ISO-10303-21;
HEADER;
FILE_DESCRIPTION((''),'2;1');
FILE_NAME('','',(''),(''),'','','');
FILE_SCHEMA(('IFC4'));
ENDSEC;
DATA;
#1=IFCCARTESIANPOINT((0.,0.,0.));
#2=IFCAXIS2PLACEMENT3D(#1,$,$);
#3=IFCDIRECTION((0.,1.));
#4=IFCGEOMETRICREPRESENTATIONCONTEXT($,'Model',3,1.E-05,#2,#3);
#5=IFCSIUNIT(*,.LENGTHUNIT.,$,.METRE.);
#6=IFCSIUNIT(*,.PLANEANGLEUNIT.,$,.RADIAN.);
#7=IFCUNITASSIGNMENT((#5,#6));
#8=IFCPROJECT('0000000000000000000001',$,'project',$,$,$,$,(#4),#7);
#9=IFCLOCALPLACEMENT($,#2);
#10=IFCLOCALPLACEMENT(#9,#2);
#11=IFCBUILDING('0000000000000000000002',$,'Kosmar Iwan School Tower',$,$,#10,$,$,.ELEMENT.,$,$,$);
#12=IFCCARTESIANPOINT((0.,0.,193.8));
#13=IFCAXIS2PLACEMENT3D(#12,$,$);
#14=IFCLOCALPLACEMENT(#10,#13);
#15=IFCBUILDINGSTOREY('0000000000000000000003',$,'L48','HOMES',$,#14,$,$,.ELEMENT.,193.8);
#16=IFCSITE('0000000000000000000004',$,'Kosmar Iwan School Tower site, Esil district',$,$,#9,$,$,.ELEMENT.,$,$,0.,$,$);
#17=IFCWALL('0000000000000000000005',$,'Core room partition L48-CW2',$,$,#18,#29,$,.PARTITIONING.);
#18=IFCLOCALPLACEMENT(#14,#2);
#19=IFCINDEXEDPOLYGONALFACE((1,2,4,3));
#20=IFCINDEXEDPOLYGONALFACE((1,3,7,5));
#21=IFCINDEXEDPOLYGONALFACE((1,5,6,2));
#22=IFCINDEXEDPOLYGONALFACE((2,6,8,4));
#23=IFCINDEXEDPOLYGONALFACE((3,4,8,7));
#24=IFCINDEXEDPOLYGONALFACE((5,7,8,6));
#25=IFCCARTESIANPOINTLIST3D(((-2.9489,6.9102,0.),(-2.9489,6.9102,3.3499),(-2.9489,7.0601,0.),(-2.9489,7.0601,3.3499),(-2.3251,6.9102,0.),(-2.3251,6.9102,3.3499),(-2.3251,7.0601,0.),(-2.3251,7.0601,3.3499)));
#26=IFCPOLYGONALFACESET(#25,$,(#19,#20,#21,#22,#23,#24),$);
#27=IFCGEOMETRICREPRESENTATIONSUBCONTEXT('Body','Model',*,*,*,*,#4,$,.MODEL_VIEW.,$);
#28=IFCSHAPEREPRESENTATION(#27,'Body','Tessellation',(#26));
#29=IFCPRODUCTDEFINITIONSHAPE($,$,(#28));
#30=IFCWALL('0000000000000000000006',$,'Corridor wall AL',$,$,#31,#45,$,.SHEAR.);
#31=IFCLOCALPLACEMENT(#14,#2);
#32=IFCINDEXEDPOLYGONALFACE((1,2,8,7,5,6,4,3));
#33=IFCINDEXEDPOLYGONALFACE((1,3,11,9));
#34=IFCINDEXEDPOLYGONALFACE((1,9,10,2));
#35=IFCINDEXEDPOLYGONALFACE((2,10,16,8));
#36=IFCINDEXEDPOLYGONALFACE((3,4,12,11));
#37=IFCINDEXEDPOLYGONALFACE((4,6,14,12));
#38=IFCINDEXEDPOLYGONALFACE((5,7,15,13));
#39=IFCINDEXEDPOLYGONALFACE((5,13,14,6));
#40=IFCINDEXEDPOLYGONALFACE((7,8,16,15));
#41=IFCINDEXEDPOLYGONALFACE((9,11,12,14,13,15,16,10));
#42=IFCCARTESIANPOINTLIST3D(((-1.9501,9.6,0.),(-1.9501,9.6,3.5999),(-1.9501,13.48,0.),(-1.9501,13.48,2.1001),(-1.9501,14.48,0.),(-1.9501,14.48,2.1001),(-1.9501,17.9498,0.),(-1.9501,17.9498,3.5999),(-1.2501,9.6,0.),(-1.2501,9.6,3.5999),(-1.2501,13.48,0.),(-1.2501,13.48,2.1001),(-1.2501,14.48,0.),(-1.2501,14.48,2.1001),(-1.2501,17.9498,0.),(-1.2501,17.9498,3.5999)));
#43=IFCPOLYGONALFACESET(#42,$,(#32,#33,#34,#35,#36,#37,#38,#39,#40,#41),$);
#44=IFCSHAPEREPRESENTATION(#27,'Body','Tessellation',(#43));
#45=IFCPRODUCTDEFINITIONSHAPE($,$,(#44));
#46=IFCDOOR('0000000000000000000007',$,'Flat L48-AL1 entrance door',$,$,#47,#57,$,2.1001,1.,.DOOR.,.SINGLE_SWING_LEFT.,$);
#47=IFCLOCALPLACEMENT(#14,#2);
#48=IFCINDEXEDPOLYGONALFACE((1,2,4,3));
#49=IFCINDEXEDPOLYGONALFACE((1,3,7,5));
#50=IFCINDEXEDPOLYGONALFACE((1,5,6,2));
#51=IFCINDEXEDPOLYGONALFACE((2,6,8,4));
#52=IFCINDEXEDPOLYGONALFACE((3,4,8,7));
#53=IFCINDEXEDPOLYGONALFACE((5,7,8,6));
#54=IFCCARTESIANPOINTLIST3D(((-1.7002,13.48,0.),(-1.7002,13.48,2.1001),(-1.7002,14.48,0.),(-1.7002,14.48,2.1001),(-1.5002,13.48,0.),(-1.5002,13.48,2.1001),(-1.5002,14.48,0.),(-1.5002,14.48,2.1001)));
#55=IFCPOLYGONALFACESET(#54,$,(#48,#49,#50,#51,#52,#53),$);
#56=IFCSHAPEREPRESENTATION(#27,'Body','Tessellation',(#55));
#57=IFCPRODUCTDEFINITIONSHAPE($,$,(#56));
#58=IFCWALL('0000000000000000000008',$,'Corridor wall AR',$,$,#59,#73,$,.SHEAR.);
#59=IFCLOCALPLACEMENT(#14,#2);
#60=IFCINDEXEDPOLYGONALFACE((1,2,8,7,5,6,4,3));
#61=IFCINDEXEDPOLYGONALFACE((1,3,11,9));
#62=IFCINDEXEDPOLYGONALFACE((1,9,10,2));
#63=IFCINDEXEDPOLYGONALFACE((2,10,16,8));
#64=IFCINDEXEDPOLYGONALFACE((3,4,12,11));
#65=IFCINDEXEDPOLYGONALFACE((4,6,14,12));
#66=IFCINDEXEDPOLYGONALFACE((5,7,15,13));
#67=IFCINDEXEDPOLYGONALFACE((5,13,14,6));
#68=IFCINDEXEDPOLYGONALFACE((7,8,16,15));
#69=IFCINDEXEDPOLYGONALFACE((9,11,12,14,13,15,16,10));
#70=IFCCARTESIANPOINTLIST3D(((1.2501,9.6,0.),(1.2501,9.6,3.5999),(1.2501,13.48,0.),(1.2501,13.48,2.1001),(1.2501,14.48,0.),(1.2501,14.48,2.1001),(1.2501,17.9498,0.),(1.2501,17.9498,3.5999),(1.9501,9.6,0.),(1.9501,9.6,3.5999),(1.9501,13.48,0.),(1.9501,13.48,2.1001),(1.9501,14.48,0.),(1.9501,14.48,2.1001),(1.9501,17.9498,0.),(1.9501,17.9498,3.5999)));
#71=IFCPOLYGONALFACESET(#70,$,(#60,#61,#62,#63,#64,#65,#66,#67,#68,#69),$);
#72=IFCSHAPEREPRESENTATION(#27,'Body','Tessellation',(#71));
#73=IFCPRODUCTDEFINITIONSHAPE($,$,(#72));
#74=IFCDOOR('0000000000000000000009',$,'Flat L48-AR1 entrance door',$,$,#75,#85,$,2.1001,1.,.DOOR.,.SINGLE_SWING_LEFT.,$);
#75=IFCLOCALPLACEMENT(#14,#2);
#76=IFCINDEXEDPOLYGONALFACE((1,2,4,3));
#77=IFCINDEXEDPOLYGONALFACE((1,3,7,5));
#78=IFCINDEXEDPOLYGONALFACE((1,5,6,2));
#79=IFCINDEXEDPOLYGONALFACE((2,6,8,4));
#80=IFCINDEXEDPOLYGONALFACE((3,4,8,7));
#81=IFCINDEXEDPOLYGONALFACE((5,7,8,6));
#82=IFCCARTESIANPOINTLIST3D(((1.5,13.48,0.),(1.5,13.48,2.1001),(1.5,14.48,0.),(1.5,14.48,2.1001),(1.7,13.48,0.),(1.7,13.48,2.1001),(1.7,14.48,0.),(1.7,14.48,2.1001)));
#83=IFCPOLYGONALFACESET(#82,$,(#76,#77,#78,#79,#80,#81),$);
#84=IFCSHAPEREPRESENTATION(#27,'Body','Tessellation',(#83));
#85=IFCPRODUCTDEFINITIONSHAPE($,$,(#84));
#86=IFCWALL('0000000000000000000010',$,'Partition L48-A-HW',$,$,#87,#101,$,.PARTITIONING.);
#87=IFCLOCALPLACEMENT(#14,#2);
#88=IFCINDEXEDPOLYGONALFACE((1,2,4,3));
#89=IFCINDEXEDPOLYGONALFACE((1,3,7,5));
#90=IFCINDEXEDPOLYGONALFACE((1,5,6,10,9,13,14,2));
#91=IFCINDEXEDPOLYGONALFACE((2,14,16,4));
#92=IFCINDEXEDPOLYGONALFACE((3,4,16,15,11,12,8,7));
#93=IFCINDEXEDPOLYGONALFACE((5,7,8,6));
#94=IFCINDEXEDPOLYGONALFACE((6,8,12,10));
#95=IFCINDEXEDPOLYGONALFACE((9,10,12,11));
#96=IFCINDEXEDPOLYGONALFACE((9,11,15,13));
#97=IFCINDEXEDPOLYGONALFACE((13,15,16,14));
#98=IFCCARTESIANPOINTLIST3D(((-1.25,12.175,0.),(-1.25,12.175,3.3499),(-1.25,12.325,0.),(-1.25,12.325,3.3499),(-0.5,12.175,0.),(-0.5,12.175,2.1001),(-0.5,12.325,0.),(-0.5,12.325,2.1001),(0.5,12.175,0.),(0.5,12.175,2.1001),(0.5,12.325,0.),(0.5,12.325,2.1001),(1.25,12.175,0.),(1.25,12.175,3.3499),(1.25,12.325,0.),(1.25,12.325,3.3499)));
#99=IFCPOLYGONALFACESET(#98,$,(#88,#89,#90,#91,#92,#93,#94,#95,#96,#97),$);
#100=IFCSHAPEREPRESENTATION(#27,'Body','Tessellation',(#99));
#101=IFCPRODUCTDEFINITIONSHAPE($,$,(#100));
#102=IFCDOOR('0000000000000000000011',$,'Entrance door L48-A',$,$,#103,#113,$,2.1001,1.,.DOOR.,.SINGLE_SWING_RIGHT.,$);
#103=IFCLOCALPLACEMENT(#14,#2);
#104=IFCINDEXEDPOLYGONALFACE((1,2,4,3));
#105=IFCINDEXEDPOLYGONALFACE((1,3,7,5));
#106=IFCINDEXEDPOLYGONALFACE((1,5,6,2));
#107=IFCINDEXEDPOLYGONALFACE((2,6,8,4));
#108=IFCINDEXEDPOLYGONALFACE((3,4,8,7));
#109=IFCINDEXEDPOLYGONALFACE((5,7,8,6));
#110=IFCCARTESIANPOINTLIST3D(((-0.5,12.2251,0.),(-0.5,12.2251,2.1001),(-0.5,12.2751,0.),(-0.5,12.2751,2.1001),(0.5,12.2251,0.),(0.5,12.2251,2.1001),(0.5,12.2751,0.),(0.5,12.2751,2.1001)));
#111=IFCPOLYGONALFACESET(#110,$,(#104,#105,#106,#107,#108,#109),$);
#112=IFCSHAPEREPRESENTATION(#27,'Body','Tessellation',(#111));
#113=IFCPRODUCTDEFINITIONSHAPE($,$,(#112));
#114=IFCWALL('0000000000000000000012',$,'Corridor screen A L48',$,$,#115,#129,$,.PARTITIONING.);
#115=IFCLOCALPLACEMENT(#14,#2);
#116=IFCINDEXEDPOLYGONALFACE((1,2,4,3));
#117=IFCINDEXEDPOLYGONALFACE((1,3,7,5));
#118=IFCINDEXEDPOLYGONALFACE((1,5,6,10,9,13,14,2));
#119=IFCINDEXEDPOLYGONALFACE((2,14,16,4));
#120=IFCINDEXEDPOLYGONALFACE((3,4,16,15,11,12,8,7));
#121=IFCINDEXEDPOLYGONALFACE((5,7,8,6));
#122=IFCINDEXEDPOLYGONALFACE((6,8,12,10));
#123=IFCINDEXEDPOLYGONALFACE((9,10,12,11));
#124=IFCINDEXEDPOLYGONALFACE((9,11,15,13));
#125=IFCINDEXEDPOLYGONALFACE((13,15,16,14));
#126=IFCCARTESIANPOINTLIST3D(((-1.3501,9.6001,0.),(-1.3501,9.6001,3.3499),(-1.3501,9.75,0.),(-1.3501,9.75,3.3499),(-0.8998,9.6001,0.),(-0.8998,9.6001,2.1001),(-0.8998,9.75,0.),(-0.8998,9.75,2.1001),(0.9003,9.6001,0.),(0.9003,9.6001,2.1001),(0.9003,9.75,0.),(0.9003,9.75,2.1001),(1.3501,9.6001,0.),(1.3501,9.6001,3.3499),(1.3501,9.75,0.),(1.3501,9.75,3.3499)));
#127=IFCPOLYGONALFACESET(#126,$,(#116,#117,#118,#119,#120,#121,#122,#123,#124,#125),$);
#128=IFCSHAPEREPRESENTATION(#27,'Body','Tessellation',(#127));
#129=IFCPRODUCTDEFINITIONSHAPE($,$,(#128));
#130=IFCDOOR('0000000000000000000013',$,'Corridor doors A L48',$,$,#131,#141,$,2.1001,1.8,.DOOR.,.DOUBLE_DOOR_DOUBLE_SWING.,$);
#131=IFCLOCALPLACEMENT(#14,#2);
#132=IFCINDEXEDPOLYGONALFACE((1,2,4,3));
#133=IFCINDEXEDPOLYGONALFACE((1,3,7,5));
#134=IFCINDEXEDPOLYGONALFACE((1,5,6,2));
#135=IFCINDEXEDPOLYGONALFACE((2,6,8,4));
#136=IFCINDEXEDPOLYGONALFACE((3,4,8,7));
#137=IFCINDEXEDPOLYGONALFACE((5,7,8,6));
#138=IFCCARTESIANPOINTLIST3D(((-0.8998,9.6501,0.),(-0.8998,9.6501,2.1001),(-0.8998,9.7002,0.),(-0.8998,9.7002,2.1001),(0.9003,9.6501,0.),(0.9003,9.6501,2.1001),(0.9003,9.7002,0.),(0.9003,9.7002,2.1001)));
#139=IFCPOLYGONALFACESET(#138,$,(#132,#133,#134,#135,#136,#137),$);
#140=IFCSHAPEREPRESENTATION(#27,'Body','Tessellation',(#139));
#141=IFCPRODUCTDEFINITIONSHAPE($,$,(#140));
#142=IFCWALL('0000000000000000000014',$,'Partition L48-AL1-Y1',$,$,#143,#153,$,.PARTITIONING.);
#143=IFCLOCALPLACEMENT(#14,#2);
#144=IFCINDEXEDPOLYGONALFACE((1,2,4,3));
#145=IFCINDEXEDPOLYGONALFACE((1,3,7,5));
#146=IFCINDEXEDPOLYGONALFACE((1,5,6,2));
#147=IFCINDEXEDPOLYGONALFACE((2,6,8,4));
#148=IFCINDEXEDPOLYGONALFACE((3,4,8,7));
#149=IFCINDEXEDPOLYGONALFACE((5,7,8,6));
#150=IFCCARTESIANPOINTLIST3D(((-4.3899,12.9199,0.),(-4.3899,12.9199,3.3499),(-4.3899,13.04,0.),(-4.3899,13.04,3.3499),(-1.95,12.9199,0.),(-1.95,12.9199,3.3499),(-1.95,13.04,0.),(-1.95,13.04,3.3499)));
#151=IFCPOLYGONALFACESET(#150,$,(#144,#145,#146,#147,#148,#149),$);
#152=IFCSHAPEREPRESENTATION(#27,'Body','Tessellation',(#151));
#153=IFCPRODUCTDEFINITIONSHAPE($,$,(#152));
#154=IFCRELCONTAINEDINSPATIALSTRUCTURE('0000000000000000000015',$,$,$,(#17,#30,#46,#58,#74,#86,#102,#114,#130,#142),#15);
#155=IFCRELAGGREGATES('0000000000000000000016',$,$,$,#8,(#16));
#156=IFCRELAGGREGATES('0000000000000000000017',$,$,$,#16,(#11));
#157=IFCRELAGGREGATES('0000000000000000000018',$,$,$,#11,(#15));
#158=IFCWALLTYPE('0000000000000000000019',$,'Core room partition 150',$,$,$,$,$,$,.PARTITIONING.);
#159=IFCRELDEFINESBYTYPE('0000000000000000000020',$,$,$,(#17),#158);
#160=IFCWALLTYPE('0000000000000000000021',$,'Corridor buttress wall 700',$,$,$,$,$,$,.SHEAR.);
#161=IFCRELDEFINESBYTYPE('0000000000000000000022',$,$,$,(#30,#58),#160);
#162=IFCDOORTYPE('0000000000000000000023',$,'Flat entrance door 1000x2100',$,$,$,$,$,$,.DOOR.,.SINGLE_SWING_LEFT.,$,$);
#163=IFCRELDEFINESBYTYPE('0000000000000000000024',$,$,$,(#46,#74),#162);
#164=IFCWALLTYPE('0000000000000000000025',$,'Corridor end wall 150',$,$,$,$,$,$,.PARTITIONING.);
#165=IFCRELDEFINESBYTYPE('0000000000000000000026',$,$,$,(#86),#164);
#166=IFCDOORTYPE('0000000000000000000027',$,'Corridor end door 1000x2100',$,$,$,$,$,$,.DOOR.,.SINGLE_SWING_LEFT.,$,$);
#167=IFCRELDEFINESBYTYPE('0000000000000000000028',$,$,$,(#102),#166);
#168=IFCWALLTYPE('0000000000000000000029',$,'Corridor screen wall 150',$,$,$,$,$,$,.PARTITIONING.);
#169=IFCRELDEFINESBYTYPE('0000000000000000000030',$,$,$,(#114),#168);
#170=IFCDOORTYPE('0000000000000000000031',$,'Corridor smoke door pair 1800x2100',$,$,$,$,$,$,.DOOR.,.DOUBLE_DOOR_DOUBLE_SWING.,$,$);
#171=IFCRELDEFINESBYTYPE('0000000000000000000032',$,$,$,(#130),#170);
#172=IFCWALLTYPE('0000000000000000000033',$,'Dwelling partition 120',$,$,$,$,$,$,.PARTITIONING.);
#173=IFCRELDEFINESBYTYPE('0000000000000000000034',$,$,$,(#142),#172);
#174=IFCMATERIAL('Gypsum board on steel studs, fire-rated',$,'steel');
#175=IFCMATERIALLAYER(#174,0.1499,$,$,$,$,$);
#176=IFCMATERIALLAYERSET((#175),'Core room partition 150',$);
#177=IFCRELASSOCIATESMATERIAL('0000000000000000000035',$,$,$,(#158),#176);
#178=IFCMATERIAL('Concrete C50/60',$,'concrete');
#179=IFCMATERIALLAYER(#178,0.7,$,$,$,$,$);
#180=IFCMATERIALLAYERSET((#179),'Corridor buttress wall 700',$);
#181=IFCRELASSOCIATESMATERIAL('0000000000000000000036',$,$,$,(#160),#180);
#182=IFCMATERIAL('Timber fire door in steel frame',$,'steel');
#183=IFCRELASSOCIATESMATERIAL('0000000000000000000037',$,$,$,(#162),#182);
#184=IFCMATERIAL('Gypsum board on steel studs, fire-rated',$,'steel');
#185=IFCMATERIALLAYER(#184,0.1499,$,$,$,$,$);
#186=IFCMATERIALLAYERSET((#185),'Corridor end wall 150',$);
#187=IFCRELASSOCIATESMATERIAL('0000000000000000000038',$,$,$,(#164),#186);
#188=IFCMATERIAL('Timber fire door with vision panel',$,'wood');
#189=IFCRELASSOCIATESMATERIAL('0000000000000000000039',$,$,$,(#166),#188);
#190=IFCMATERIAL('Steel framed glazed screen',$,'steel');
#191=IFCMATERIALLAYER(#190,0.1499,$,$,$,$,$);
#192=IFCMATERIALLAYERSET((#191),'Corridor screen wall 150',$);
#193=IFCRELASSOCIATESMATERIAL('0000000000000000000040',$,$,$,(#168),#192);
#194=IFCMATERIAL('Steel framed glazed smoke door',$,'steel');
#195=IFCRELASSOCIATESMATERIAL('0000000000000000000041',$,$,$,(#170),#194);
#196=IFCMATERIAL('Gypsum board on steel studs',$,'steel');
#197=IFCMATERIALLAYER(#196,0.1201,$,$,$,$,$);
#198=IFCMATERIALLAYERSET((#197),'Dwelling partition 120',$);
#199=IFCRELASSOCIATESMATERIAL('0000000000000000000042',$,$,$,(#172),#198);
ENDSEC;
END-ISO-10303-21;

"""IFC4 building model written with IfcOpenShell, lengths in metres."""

from ifc_helpers import new_model, si_unit, direction, frame, frame_2d, origin, place, context, subcontext, project, spatial, rectangle, extrude, material, layer, layer_set, type_object, element, fill, save


model = new_model("IFC4")

# Units and contexts
model_context = context("Model", 3, precision=1e-05, world=origin(), true_north=direction((0.0, 1.0)))
body_context = subcontext(model_context, "Body", "Model", "MODEL_VIEW")
ifc_project = project(units=[si_unit("LENGTHUNIT", "METRE"), si_unit("PLANEANGLEUNIT", "RADIAN")], contexts=[model_context])

# Site, building, storey
site_placement = place(None, origin())
site = spatial("IfcSite", under=ifc_project, at=site_placement, Name="Kosmar Iwan School Tower site, Esil district", CompositionType="ELEMENT", RefElevation=0.0)
building_placement = place(site_placement, origin())
building = spatial("IfcBuilding", under=site, at=building_placement, Name="Kosmar Iwan School Tower", CompositionType="ELEMENT")
storey_placement = place(building_placement, frame((0.0, 0.0, 193.8)))
storey = spatial("IfcBuildingStorey", under=building, at=storey_placement, Name="L48", Description="HOMES", CompositionType="ELEMENT", Elevation=193.8)

# Wall
ifc_material_1 = material(Name="Gypsum board on steel studs, fire-rated", Category="steel")
ifc_layer_1 = layer(ifc_material_1, 0.1499)
ifc_layer_set_1 = layer_set([ifc_layer_1], Name="Core room partition 150")
wall_type_1 = type_object("IfcWallType", Name="Core room partition 150", PredefinedType="PARTITIONING", material=ifc_layer_set_1)
wall_1_placement = place(storey_placement, frame((-2.325, 6.9851, 0.0), z_axis=(0.0, 0.0, 1.0), x_axis=(-1.0, 0.0, 0.0)))
element("IfcWall", 1, at=wall_1_placement, inside=storey, type_object=wall_type_1, Name="Core room partition L48-CW2", PredefinedType="PARTITIONING", context=body_context, shape_type="SweptSolid", body=[
    extrude(rectangle(XDim=0.6238, YDim=0.1499, at=frame_2d((0.312, 0.0))), origin(), (0.0, 0.0, 1.0), 3.3499),
])

# Walls, openings, doors
ifc_material_2 = material(Name="Concrete C50/60", Category="concrete")
ifc_layer_2 = layer(ifc_material_2, 0.7)
ifc_layer_set_2 = layer_set([ifc_layer_2], Name="Corridor buttress wall 700")
wall_type_2 = type_object("IfcWallType", Name="Corridor buttress wall 700", PredefinedType="SHEAR", material=ifc_layer_set_2)
wall_2_placement = place(storey_placement, frame((-1.6001, 9.6001, 0.0), z_axis=(0.0, 0.0, 1.0), x_axis=(0.0, 1.0, 0.0)))
wall_2 = element("IfcWall", 2, at=wall_2_placement, inside=storey, type_object=wall_type_2, Name="Corridor wall AL", PredefinedType="SHEAR", context=body_context, shape_type="SweptSolid", body=[
    extrude(rectangle(XDim=8.3499, YDim=0.7, at=frame_2d((4.1748, 0.0))), origin(), (0.0, 0.0, 1.0), 3.5999),
])
opening_1_placement = place(wall_2_placement, frame((3.8799, 0.0, 0.0)))
opening_1 = element("IfcOpeningElement", 3, at=opening_1_placement, cuts=wall_2, PredefinedType="OPENING", context=body_context, shape_type="SweptSolid", body=[
    extrude(rectangle(XDim=1.0, YDim=2.1001, at=frame_2d((0.5, 1.05))), frame((0.0, 0.3621, 0.0), z_axis=(0.0, -1.0, 0.0), x_axis=(1.0, 0.0, 0.0)), (0.0, 0.0, 1.0), 0.7239),
])
ifc_material_3 = material(Name="Timber fire door in steel frame", Category="steel")
door_type_1 = type_object("IfcDoorType", Name="Flat entrance door 1000x2100", OperationType="SINGLE_SWING_LEFT", PredefinedType="DOOR", material=ifc_material_3)
door_1_placement = place(opening_1_placement, origin())
door_1 = element("IfcDoor", 4, at=door_1_placement, inside=storey, type_object=door_type_1, Name="Flat L48-AL1 entrance door", OperationType="SINGLE_SWING_LEFT", OverallHeight=2.1001, OverallWidth=1.0, PredefinedType="DOOR", context=body_context, shape_type="SweptSolid", body=[
    extrude(rectangle(XDim=1.0, YDim=2.1001, at=frame_2d((0.5, 1.05))), frame((0.0, 0.1001, 0.0), z_axis=(0.0, -1.0, 0.0), x_axis=(1.0, 0.0, 0.0)), (0.0, 0.0, 1.0), 0.2),
])
fill(opening_1, door_1)
wall_3_placement = place(storey_placement, frame((1.6001, 9.6001, 0.0), z_axis=(0.0, 0.0, 1.0), x_axis=(0.0, 1.0, 0.0)))
wall_3 = element("IfcWall", 5, at=wall_3_placement, inside=storey, type_object=wall_type_2, Name="Corridor wall AR", PredefinedType="SHEAR", context=body_context, shape_type="SweptSolid", body=[
    extrude(rectangle(XDim=8.3499, YDim=0.7, at=frame_2d((4.1748, 0.0))), origin(), (0.0, 0.0, 1.0), 3.5999),
])
opening_2_placement = place(wall_3_placement, frame((3.8799, 0.0, 0.0)))
opening_2 = element("IfcOpeningElement", 6, at=opening_2_placement, cuts=wall_3, PredefinedType="OPENING", context=body_context, shape_type="SweptSolid", body=[
    extrude(rectangle(XDim=1.0, YDim=2.1001, at=frame_2d((0.5, 1.05))), frame((0.0, 0.3621, 0.0), z_axis=(0.0, -1.0, 0.0), x_axis=(1.0, 0.0, 0.0)), (0.0, 0.0, 1.0), 0.7239),
])
door_2_placement = place(opening_2_placement, origin())
door_2 = element("IfcDoor", 7, at=door_2_placement, inside=storey, type_object=door_type_1, Name="Flat L48-AR1 entrance door", OperationType="SINGLE_SWING_LEFT", OverallHeight=2.1001, OverallWidth=1.0, PredefinedType="DOOR", context=body_context, shape_type="SweptSolid", body=[
    extrude(rectangle(XDim=1.0, YDim=2.1001, at=frame_2d((0.5, 1.05))), frame((0.0, 0.1001, 0.0), z_axis=(0.0, -1.0, 0.0), x_axis=(1.0, 0.0, 0.0)), (0.0, 0.0, 1.0), 0.2),
])
fill(opening_2, door_2)
ifc_material_4 = material(Name="Gypsum board on steel studs, fire-rated", Category="steel")
ifc_layer_3 = layer(ifc_material_4, 0.1499)
ifc_layer_set_3 = layer_set([ifc_layer_3], Name="Corridor end wall 150")
wall_type_3 = type_object("IfcWallType", Name="Corridor end wall 150", PredefinedType="PARTITIONING", material=ifc_layer_set_3)
wall_4_placement = place(storey_placement, frame((1.25, 12.25, 0.0), z_axis=(0.0, 0.0, 1.0), x_axis=(-1.0, 0.0, 0.0)))
wall_4 = element("IfcWall", 8, at=wall_4_placement, inside=storey, type_object=wall_type_3, Name="Partition L48-A-HW", PredefinedType="PARTITIONING", context=body_context, shape_type="SweptSolid", body=[
    extrude(rectangle(XDim=2.5, YDim=0.1499, at=frame_2d((1.25, 0.0))), origin(), (0.0, 0.0, 1.0), 3.3499),
])
opening_3_placement = place(wall_4_placement, frame((0.75, 0.0, 0.0)))
opening_3 = element("IfcOpeningElement", 9, at=opening_3_placement, cuts=wall_4, PredefinedType="OPENING", context=body_context, shape_type="SweptSolid", body=[
    extrude(rectangle(XDim=1.0, YDim=2.1001, at=frame_2d((0.5, 1.05))), frame((0.0, 0.0869, 0.0), z_axis=(0.0, -1.0, 0.0), x_axis=(1.0, 0.0, 0.0)), (0.0, 0.0, 1.0), 0.1738),
])
ifc_material_5 = material(Name="Timber fire door with vision panel", Category="wood")
door_type_2 = type_object("IfcDoorType", Name="Corridor end door 1000x2100", OperationType="SINGLE_SWING_LEFT", PredefinedType="DOOR", material=ifc_material_5)
door_3_placement = place(opening_3_placement, origin())
door_3 = element("IfcDoor", 10, at=door_3_placement, inside=storey, type_object=door_type_2, Name="Entrance door L48-A", OperationType="SINGLE_SWING_RIGHT", OverallHeight=2.1001, OverallWidth=1.0, PredefinedType="DOOR", context=body_context, shape_type="SweptSolid", body=[
    extrude(rectangle(XDim=1.0, YDim=2.1001, at=frame_2d((0.5, 1.05))), frame((0.0, 0.0249, 0.0), z_axis=(0.0, -1.0, 0.0), x_axis=(1.0, 0.0, 0.0)), (0.0, 0.0, 1.0), 0.05),
])
fill(opening_3, door_3)
ifc_material_6 = material(Name="Steel framed glazed screen", Category="steel")
ifc_layer_4 = layer(ifc_material_6, 0.1499)
ifc_layer_set_4 = layer_set([ifc_layer_4], Name="Corridor screen wall 150")
wall_type_4 = type_object("IfcWallType", Name="Corridor screen wall 150", PredefinedType="PARTITIONING", material=ifc_layer_set_4)
wall_5_placement = place(storey_placement, frame((1.3501, 9.675, 0.0), z_axis=(0.0, 0.0, 1.0), x_axis=(-1.0, 0.0, 0.0)))
wall_5 = element("IfcWall", 11, at=wall_5_placement, inside=storey, type_object=wall_type_4, Name="Corridor screen A L48", PredefinedType="PARTITIONING", context=body_context, shape_type="SweptSolid", body=[
    extrude(rectangle(XDim=2.7002, YDim=0.1499, at=frame_2d((1.3501, 0.0))), origin(), (0.0, 0.0, 1.0), 3.3499),
])
opening_4_placement = place(wall_5_placement, frame((0.45, 0.0, 0.0)))
opening_4 = element("IfcOpeningElement", 12, at=opening_4_placement, cuts=wall_5, PredefinedType="OPENING", context=body_context, shape_type="SweptSolid", body=[
    extrude(rectangle(XDim=1.8, YDim=2.1001, at=frame_2d((0.8999, 1.05))), frame((0.0, 0.0869, 0.0), z_axis=(0.0, -1.0, 0.0), x_axis=(1.0, 0.0, 0.0)), (0.0, 0.0, 1.0), 0.1738),
])
ifc_material_7 = material(Name="Steel framed glazed smoke door", Category="steel")
door_type_3 = type_object("IfcDoorType", Name="Corridor smoke door pair 1800x2100", OperationType="DOUBLE_DOOR_DOUBLE_SWING", PredefinedType="DOOR", material=ifc_material_7)
door_4_placement = place(opening_4_placement, origin())
door_4 = element("IfcDoor", 13, at=door_4_placement, inside=storey, type_object=door_type_3, Name="Corridor doors A L48", OperationType="DOUBLE_DOOR_DOUBLE_SWING", OverallHeight=2.1001, OverallWidth=1.8, PredefinedType="DOOR", context=body_context, shape_type="SweptSolid", body=[
    extrude(rectangle(XDim=1.8, YDim=2.1001, at=frame_2d((0.8999, 1.05))), frame((0.0, 0.0249, 0.0), z_axis=(0.0, -1.0, 0.0), x_axis=(1.0, 0.0, 0.0)), (0.0, 0.0, 1.0), 0.05),
])
fill(opening_4, door_4)

# Wall
ifc_material_8 = material(Name="Gypsum board on steel studs", Category="steel")
ifc_layer_5 = layer(ifc_material_8, 0.1201)
ifc_layer_set_5 = layer_set([ifc_layer_5], Name="Dwelling partition 120")
wall_type_5 = type_object("IfcWallType", Name="Dwelling partition 120", PredefinedType="PARTITIONING", material=ifc_layer_set_5)
wall_6_placement = place(storey_placement, frame((-1.95, 12.98, 0.0), z_axis=(0.0, 0.0, 1.0), x_axis=(-1.0, 0.0, 0.0)))
element("IfcWall", 14, at=wall_6_placement, inside=storey, type_object=wall_type_5, Name="Partition L48-AL1-Y1", PredefinedType="PARTITIONING", context=body_context, shape_type="SweptSolid", body=[
    extrude(rectangle(XDim=2.4399, YDim=0.1201, at=frame_2d((1.22, 0.0))), origin(), (0.0, 0.0, 1.0), 3.3499),
])

save(model, "model.ifc")
